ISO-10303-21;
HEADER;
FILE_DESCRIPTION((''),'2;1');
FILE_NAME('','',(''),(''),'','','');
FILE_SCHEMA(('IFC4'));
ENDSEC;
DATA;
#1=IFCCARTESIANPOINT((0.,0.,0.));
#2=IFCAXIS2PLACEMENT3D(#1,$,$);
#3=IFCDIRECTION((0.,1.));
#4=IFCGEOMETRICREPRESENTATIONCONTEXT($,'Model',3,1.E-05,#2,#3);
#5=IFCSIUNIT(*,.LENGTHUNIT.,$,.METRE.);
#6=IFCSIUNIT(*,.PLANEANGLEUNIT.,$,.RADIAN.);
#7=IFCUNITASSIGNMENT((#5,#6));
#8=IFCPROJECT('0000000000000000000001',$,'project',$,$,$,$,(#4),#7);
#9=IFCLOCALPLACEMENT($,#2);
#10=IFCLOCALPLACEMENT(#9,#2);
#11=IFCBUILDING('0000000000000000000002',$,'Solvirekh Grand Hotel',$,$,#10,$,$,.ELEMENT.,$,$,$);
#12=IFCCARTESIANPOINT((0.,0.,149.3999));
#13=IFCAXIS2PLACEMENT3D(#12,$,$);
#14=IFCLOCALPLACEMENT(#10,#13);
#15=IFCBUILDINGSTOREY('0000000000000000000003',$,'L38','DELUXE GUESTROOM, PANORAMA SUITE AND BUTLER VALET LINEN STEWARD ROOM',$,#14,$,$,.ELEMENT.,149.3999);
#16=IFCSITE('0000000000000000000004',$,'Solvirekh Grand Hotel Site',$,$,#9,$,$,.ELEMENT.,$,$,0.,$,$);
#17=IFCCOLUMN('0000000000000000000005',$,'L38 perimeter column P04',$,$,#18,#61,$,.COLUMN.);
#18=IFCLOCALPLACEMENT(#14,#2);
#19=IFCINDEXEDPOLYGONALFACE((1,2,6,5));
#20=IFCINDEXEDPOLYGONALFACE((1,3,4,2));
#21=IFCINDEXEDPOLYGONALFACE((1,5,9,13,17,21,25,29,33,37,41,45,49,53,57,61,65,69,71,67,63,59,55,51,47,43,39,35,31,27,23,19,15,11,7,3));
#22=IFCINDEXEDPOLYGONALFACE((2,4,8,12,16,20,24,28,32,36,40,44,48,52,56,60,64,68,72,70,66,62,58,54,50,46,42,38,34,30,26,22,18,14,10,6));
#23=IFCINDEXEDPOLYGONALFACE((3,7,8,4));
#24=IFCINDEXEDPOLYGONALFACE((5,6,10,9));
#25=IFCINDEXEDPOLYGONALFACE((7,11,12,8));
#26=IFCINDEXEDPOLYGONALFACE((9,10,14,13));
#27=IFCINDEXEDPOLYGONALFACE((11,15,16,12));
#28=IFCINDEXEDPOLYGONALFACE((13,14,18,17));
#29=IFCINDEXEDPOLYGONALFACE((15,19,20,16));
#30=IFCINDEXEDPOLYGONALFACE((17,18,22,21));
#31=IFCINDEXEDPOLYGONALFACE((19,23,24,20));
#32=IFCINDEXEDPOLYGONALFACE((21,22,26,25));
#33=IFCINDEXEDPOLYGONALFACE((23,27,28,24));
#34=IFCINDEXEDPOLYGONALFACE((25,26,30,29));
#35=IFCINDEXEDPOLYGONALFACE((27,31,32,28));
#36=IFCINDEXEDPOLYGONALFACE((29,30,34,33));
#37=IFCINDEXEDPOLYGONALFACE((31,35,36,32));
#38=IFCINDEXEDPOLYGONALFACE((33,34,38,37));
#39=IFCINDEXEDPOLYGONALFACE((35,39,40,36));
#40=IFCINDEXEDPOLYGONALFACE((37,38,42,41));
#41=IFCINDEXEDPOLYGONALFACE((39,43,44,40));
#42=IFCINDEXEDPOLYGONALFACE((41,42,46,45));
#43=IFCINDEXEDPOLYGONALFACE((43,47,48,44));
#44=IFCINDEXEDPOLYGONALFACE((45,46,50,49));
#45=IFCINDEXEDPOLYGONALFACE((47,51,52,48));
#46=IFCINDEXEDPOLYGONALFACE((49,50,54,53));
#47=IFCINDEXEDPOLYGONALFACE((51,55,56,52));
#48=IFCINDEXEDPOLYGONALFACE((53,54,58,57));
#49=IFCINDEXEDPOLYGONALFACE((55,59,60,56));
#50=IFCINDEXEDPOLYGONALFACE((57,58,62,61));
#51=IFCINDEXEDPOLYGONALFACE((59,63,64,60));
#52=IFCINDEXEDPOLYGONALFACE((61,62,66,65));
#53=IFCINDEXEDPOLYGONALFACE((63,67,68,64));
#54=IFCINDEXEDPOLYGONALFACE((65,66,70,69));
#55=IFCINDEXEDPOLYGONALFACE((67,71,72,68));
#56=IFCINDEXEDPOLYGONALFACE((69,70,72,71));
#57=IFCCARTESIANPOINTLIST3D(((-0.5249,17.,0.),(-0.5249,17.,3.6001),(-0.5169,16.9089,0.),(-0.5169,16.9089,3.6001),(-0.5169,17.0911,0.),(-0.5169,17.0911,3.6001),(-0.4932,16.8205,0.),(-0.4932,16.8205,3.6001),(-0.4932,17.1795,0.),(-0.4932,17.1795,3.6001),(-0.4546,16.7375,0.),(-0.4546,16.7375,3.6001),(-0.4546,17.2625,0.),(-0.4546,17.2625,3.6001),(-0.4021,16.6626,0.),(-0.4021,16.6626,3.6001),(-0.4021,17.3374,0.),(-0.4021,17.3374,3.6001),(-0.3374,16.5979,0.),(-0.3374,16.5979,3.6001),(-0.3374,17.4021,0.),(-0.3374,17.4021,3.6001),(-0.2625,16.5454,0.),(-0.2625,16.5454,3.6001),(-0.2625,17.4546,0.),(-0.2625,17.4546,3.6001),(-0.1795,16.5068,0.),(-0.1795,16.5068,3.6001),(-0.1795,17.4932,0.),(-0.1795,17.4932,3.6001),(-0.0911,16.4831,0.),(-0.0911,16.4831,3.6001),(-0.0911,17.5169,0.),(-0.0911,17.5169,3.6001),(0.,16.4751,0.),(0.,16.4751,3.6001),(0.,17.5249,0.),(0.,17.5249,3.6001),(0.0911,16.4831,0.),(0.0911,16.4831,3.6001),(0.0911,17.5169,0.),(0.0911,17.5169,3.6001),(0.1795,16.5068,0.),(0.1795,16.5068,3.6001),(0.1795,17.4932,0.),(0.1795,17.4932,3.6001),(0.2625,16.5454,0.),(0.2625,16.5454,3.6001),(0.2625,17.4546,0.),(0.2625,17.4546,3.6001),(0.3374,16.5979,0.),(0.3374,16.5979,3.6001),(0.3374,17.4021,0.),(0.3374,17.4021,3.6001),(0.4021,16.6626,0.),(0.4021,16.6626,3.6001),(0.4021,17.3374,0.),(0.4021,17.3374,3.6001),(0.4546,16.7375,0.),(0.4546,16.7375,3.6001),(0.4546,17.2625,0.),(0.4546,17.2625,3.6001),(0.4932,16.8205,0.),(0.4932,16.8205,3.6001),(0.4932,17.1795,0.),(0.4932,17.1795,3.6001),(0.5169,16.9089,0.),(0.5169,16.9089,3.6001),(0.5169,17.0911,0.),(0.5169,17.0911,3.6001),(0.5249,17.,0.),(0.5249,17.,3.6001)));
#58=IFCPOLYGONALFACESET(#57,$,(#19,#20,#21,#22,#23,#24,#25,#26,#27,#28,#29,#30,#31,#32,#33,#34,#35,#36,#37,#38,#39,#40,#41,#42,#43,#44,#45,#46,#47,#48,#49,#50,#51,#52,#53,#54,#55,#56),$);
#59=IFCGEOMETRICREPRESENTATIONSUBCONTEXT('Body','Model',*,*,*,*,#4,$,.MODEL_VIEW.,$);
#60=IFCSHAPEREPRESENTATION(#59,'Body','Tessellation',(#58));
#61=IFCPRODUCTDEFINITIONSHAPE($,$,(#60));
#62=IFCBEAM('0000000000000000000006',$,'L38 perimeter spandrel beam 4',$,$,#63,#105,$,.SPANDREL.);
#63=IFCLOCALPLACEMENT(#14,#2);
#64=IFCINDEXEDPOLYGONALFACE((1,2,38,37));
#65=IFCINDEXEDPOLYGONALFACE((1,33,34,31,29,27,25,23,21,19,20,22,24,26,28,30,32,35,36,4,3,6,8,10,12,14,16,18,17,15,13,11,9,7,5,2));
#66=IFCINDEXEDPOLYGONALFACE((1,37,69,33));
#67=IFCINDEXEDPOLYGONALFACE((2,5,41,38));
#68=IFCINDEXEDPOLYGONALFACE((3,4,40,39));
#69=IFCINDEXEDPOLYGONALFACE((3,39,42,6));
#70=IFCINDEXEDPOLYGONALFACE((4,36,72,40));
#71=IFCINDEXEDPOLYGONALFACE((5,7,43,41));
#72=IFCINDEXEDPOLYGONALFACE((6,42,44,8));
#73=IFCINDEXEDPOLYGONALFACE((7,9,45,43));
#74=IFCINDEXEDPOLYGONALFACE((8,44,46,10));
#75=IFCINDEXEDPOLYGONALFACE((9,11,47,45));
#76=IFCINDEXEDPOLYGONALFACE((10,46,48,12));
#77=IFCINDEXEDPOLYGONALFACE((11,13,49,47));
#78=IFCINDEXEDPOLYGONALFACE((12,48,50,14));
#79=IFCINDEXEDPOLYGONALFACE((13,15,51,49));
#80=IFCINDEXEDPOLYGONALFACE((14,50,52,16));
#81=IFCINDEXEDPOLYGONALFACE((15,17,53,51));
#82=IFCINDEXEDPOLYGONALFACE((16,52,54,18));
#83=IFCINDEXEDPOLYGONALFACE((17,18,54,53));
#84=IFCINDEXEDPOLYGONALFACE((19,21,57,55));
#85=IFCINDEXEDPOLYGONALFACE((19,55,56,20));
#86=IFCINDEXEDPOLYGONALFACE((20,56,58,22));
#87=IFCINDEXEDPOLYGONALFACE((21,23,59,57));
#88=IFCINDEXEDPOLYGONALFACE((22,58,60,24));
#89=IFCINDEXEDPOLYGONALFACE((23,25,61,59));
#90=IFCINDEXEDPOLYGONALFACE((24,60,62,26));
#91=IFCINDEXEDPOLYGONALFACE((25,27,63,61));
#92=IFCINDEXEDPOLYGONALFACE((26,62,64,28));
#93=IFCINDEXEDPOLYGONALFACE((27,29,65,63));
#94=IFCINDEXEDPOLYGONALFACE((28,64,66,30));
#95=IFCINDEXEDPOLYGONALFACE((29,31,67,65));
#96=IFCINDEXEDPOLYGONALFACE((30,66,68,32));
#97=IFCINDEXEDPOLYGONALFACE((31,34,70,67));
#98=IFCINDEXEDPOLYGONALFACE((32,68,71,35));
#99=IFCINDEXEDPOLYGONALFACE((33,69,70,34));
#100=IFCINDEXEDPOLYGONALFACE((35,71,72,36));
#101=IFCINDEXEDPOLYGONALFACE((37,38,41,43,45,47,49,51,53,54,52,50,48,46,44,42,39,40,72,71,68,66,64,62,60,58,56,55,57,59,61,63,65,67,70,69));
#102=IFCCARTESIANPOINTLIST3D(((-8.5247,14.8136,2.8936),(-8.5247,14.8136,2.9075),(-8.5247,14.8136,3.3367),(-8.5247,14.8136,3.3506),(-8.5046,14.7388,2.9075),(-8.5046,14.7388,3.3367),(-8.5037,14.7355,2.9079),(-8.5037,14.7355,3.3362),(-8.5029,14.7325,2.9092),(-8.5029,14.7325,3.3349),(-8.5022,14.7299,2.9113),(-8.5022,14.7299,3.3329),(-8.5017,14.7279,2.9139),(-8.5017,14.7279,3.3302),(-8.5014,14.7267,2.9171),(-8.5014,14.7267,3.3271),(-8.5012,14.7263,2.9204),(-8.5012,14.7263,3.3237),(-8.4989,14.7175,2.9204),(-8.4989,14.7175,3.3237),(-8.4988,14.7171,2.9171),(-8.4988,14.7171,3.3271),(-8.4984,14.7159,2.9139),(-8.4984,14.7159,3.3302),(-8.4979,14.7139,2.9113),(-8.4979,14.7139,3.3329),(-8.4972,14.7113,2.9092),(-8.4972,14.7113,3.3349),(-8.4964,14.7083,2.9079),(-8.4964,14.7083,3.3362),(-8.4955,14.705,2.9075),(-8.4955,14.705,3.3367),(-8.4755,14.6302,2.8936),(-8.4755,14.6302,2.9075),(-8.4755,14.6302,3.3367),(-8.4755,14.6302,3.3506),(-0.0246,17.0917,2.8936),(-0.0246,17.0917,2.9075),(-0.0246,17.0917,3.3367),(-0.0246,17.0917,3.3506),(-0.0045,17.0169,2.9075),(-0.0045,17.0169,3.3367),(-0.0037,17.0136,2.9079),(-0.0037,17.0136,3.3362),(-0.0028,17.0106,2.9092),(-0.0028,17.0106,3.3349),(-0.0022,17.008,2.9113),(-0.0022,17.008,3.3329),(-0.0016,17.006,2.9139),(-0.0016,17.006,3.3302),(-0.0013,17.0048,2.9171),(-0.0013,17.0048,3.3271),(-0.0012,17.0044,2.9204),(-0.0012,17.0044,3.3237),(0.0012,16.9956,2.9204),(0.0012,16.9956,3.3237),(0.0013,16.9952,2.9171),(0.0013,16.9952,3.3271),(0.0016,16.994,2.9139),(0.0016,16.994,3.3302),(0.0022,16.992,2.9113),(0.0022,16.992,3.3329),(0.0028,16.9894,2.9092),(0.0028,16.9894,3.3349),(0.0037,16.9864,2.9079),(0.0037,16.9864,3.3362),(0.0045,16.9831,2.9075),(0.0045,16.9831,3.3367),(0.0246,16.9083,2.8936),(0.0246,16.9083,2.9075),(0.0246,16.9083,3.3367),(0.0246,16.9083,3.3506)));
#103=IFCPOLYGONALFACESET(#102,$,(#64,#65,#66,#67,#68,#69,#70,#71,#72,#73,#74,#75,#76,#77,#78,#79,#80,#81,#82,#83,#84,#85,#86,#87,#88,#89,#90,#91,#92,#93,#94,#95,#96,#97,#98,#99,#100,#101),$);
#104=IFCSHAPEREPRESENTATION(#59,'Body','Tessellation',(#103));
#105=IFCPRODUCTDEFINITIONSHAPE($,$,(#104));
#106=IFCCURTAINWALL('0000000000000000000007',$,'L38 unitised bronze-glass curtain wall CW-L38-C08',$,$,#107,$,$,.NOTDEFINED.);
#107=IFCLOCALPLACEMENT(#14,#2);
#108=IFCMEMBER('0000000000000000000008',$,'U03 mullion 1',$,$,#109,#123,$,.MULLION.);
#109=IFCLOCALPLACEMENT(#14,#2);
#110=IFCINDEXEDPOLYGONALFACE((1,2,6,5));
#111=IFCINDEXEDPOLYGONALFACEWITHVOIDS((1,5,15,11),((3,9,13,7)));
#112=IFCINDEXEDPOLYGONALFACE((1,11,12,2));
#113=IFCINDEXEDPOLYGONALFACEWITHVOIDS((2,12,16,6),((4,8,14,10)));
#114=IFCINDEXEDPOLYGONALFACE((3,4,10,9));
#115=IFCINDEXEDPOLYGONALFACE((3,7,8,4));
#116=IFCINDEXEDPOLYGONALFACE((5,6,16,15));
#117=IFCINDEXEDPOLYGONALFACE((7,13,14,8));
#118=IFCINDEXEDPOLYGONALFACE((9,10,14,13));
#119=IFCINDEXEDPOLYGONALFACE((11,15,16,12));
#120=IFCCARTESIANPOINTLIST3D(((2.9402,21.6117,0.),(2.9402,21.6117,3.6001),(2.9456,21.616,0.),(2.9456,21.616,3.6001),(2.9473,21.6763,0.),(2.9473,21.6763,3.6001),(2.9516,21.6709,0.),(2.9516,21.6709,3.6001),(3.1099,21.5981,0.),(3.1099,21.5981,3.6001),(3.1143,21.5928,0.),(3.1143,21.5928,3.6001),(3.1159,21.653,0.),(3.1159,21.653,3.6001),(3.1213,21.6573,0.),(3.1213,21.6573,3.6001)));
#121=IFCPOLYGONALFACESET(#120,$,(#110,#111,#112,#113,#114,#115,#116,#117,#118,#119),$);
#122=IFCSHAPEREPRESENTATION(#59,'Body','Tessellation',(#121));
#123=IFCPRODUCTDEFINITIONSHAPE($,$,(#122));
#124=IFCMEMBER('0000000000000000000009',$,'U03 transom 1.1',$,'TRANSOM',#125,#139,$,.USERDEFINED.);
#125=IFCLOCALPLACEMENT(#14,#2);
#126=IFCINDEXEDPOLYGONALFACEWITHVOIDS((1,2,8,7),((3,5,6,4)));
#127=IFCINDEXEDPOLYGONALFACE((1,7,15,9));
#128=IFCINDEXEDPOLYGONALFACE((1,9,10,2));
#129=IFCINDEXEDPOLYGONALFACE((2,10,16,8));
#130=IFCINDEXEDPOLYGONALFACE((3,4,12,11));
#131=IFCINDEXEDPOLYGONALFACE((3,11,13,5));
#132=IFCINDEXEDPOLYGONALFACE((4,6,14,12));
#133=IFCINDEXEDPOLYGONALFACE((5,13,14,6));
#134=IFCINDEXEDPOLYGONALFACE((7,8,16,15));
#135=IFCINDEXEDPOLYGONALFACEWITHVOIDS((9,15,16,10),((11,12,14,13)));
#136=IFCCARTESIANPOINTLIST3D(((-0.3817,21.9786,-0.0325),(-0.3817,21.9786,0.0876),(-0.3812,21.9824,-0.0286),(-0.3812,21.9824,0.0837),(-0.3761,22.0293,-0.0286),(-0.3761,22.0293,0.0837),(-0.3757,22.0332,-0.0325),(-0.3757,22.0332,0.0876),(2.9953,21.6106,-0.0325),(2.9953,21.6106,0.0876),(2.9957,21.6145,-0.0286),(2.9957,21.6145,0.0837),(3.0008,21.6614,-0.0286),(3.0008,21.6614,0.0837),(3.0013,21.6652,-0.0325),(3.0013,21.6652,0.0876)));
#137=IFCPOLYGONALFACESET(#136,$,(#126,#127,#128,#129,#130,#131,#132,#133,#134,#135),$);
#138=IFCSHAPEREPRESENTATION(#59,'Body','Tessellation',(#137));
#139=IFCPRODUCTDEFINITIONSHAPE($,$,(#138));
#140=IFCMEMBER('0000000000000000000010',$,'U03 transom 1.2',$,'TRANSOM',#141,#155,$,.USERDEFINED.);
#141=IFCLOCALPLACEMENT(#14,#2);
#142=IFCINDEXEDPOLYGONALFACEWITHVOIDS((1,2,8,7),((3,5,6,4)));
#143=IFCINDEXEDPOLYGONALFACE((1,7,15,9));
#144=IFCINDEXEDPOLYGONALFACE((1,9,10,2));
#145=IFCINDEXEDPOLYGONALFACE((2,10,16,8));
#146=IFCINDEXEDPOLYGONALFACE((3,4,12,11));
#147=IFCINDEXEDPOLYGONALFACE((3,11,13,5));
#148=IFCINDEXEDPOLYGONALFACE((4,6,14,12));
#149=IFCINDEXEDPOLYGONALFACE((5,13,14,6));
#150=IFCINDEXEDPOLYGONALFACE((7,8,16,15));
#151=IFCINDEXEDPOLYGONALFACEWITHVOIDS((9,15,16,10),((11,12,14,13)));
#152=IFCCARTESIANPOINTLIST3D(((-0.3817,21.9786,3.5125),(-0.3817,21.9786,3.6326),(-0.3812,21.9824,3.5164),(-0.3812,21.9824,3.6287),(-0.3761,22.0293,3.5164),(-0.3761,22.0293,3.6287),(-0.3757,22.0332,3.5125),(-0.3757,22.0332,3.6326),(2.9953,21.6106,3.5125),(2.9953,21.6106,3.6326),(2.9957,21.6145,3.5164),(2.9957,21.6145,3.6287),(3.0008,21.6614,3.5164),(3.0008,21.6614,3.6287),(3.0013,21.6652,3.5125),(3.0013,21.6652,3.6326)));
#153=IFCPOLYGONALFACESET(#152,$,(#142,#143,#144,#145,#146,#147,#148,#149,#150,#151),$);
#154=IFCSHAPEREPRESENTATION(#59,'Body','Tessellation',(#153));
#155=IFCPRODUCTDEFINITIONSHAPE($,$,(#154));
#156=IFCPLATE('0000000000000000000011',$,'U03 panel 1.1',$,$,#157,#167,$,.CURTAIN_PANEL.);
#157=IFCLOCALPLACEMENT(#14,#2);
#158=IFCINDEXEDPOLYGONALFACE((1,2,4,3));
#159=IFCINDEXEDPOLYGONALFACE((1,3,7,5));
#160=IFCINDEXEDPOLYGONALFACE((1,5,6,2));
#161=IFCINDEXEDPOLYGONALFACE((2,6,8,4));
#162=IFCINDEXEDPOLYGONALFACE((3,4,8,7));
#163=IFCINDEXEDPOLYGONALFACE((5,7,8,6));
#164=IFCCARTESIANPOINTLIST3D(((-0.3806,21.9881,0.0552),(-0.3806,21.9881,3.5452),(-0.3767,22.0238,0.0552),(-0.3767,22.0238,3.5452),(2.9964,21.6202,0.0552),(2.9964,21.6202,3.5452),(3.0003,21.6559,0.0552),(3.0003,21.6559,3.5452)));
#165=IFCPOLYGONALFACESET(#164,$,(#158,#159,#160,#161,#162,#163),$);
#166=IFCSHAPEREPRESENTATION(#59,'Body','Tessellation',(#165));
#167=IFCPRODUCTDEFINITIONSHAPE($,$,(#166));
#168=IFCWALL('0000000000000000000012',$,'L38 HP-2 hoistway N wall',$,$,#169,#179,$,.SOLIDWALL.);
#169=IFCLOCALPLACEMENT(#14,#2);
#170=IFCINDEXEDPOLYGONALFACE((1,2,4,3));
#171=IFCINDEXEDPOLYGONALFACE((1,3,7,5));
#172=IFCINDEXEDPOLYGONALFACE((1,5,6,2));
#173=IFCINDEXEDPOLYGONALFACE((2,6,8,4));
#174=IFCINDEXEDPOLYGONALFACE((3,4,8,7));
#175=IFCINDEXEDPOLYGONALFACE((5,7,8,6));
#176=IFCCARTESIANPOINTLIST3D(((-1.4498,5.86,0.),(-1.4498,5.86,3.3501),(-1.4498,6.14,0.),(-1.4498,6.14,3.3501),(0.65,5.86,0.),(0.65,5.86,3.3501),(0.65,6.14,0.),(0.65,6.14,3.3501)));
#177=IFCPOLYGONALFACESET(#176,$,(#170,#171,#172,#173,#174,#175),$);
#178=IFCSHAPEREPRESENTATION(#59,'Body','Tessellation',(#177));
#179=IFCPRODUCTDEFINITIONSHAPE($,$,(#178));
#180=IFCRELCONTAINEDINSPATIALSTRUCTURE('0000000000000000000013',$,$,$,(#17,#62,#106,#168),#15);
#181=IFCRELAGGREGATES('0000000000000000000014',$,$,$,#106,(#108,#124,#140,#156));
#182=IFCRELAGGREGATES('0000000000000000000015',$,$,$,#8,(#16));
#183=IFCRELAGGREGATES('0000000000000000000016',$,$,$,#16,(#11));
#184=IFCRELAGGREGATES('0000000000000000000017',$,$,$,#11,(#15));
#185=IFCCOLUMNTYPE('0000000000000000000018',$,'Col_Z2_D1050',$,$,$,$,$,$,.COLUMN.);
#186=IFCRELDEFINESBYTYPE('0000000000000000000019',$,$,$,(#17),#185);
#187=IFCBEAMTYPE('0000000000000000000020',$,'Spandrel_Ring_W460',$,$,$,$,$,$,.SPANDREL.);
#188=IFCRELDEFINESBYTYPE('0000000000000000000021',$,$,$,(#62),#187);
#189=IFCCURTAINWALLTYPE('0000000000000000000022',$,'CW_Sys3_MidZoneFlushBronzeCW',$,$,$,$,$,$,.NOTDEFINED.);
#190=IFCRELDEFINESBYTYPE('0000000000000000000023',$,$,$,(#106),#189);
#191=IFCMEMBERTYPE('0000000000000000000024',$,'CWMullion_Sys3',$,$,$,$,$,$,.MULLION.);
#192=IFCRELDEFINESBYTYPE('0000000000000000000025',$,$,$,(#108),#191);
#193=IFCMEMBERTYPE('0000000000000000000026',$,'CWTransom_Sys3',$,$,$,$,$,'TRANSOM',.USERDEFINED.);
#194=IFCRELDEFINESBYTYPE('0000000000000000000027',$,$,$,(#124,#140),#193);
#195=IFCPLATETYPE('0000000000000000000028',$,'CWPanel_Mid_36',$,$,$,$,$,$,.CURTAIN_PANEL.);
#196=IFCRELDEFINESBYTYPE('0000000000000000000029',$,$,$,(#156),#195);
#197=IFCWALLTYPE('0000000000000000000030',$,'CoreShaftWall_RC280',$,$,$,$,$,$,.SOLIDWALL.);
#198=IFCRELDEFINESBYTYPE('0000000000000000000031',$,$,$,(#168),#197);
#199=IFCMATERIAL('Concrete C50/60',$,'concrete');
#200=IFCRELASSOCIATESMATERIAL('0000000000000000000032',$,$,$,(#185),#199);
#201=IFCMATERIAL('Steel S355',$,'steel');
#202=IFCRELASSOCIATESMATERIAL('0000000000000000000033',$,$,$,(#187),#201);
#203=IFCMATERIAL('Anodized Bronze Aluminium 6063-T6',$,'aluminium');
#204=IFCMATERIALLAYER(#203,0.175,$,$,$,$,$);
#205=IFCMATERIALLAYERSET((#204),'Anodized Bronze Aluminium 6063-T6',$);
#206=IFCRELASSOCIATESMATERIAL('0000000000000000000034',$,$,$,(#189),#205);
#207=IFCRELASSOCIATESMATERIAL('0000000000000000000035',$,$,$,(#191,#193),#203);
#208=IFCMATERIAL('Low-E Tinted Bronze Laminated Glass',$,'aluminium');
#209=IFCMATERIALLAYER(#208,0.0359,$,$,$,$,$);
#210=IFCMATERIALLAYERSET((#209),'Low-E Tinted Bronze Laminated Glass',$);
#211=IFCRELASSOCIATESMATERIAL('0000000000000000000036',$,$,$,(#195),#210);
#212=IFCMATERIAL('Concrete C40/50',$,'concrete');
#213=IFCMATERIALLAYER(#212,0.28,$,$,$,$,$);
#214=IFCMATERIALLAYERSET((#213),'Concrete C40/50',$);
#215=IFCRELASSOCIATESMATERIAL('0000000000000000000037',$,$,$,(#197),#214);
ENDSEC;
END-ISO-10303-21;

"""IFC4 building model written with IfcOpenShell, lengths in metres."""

from ifc_helpers import new_model, si_unit, direction, frame, frame_2d, origin, origin_2d, place, context, subcontext, project, spatial, rectangle, hollow_rectangle, circle, i_section, extrude, source, transform, mapped, material, layer, layer_set, material_profile, profile_set, type_object, element, aggregate, save


model = new_model("IFC4")

# Units and contexts
model_context = context("Model", 3, precision=1e-05, world=origin(), true_north=direction((0.0, 1.0)))
body_context = subcontext(model_context, "Body", "Model", "MODEL_VIEW")
ifc_project = project(units=[si_unit("LENGTHUNIT", "METRE"), si_unit("PLANEANGLEUNIT", "RADIAN")], contexts=[model_context])

# Site, building, storey
site_placement = place(None, origin())
site = spatial("IfcSite", under=ifc_project, at=site_placement, Name="Solvirekh Grand Hotel Site", CompositionType="ELEMENT", RefElevation=0.0)
building_placement = place(site_placement, origin())
building = spatial("IfcBuilding", under=site, at=building_placement, Name="Solvirekh Grand Hotel", CompositionType="ELEMENT")
storey_placement = place(building_placement, frame((0.0, 0.0, 149.3999)))
storey = spatial("IfcBuildingStorey", under=building, at=storey_placement, Name="L38", Description="DELUXE GUESTROOM, PANORAMA SUITE AND BUTLER VALET LINEN STEWARD ROOM", CompositionType="ELEMENT", Elevation=149.3999)

# Column
ifc_material_1 = material(Name="Concrete C50/60", Category="concrete")
ifc_material_profile_1 = material_profile(ifc_material_1, circle(Radius=0.5249, at=origin_2d()), Name="RC CIRC D1050")
ifc_profile_set_1 = profile_set([ifc_material_profile_1], Name="Concrete C50/60")
column_type = type_object("IfcColumnType", Name="Col_Z2_D1050", PredefinedType="COLUMN", material=ifc_profile_set_1)
column_placement = place(storey_placement, frame((0.0, 17.0, 0.0), z_axis=(0.0, 0.0, 1.0), x_axis=(1.0, 0.0, 0.0)))
element("IfcColumn", 1, at=column_placement, inside=storey, type_object=column_type, Name="L38 perimeter column P04", PredefinedType="COLUMN", context=body_context, shape_type="SweptSolid", body=[
    extrude(circle(Radius=0.5249, at=origin_2d()), origin(), (0.0, 0.0, 1.0), 3.6001),
])

# Beam
ifc_material_2 = material(Name="Steel S355", Category="steel")
ifc_material_profile_2 = material_profile(ifc_material_2, i_section(OverallWidth=0.1899, OverallDepth=0.457, WebThickness=0.009, FlangeThickness=0.0139, FilletRadius=0.0129, at=origin_2d()), Name="W460X74")
ifc_profile_set_2 = profile_set([ifc_material_profile_2], Name="Steel S355")
beam_type = type_object("IfcBeamType", Name="Spandrel_Ring_W460", PredefinedType="SPANDREL", material=ifc_profile_set_2)
beam_placement = place(storey_placement, frame((0.0, 17.0, 3.1221), z_axis=(-0.965911, -0.258873, 0.0), x_axis=(0.258873, -0.965911, 0.0)))
element("IfcBeam", 2, at=beam_placement, inside=storey, type_object=beam_type, Name="L38 perimeter spandrel beam 4", PredefinedType="SPANDREL", context=body_context, shape_type="SweptSolid", body=[
    extrude(i_section(OverallWidth=0.1899, OverallDepth=0.457, WebThickness=0.009, FlangeThickness=0.0139, FilletRadius=0.0129, at=origin_2d()), origin(), (0.0, 0.0, 1.0), 8.8),
])

# Curtain wall, members, plate
ifc_material_3 = material(Name="Anodized Bronze Aluminium 6063-T6", Category="aluminium")
ifc_layer_1 = layer(ifc_material_3, 0.175)
ifc_layer_set_1 = layer_set([ifc_layer_1], Name="Anodized Bronze Aluminium 6063-T6")
curtain_wall_type = type_object("IfcCurtainWallType", Name="CW_Sys3_MidZoneFlushBronzeCW", PredefinedType="NOTDEFINED", material=ifc_layer_set_1)
curtain_wall_placement = place(storey_placement, origin())
curtain_wall = element("IfcCurtainWall", 3, at=curtain_wall_placement, inside=storey, type_object=curtain_wall_type, Name="L38 unitised bronze-glass curtain wall CW-L38-C08", PredefinedType="NOTDEFINED")
ifc_material_profile_3 = material_profile(ifc_material_3, hollow_rectangle(XDim=0.0649, YDim=0.175, WallThickness=0.0049, at=origin_2d()), Name="ALU RHS 175X65X5")
ifc_profile_set_3 = profile_set([ifc_material_profile_3], Name="Anodized Bronze Aluminium 6063-T6")
member_type_1 = type_object("IfcMemberType", Name="CWMullion_Sys3", PredefinedType="MULLION", material=ifc_profile_set_3)
shared_shape_1 = source(origin(), body_context, "Body", "SweptSolid", [
    extrude(hollow_rectangle(XDim=0.0649, YDim=0.175, WallThickness=0.0049, at=origin_2d()), origin(), (0.0, 0.0, 1.0), 3.6001),
])
member_1_placement = place(storey_placement, frame((3.0308, 21.6345, 0.0), z_axis=(0.0, 0.0, 1.0), x_axis=(-0.108311, -0.994117, 0.0)))
member_1 = element("IfcMember", 4, at=member_1_placement, type_object=member_type_1, Name="U03 mullion 1", PredefinedType="MULLION", context=body_context, shape_type="MappedRepresentation", body=[
    mapped(shared_shape_1, transform((0.0, 0.0, 0.0), x_axis=(1.0, 0.0, 0.0), y_axis=(0.0, 1.0, 0.0), z_axis=(0.0, 0.0, 1.0), scale=1.0)),
])
ifc_material_profile_4 = material_profile(ifc_material_3, hollow_rectangle(XDim=0.0549, YDim=0.1201, WallThickness=0.0039, at=origin_2d()), Name="ALU RHS 120X55X4")
ifc_profile_set_4 = profile_set([ifc_material_profile_4], Name="Anodized Bronze Aluminium 6063-T6")
member_type_2 = type_object("IfcMemberType", Name="CWTransom_Sys3", ElementType="TRANSOM", PredefinedType="USERDEFINED", material=ifc_profile_set_4)
shared_shape_2 = source(origin(), body_context, "Body", "SweptSolid", [
    extrude(hollow_rectangle(XDim=0.0549, YDim=0.1201, WallThickness=0.0039, at=origin_2d()), origin(), (0.0, 0.0, 1.0), 3.397),
])
member_2_placement = place(storey_placement, frame((2.9983, 21.6379, 0.0276), z_axis=(-0.994117, 0.108309, 0.0), x_axis=(-0.108309, -0.994117, 0.0)))
member_2 = element("IfcMember", 5, at=member_2_placement, type_object=member_type_2, Name="U03 transom 1.1", ObjectType="TRANSOM", PredefinedType="USERDEFINED", context=body_context, shape_type="MappedRepresentation", body=[
    mapped(shared_shape_2, transform((0.0, 0.0, 0.0), x_axis=(1.0, 0.0, 0.0), y_axis=(0.0, 1.0, 0.0), z_axis=(0.0, 0.0, 1.0), scale=1.0)),
])
member_3_placement = place(storey_placement, frame((2.9983, 21.6379, 3.5725), z_axis=(-0.994117, 0.108309, 0.0), x_axis=(-0.108309, -0.994117, 0.0)))
member_3 = element("IfcMember", 6, at=member_3_placement, type_object=member_type_2, Name="U03 transom 1.2", ObjectType="TRANSOM", PredefinedType="USERDEFINED", context=body_context, shape_type="MappedRepresentation", body=[
    mapped(shared_shape_2, transform((0.0, 0.0, 0.0), x_axis=(1.0, 0.0, 0.0), y_axis=(0.0, 1.0, 0.0), z_axis=(0.0, 0.0, 1.0), scale=1.0)),
])
ifc_material_4 = material(Name="Low-E Tinted Bronze Laminated Glass", Category="aluminium")
ifc_layer_2 = layer(ifc_material_4, 0.0359)
ifc_layer_set_2 = layer_set([ifc_layer_2], Name="Low-E Tinted Bronze Laminated Glass")
plate_type = type_object("IfcPlateType", Name="CWPanel_Mid_36", PredefinedType="CURTAIN_PANEL", material=ifc_layer_set_2)
shared_shape_3 = source(origin(), body_context, "Body", "SweptSolid", [
    extrude(rectangle(XDim=3.397, YDim=0.0359, at=origin_2d()), origin(), (0.0, 0.0, 1.0), 3.49),
])
plate_placement = place(storey_placement, frame((1.3098, 21.822, 0.0552), z_axis=(0.0, 0.0, 1.0), x_axis=(-0.994117, 0.108311, 0.0)))
plate = element("IfcPlate", 7, at=plate_placement, type_object=plate_type, Name="U03 panel 1.1", PredefinedType="CURTAIN_PANEL", context=body_context, shape_type="MappedRepresentation", body=[
    mapped(shared_shape_3, transform((0.0, 0.0, 0.0), x_axis=(1.0, 0.0, 0.0), y_axis=(0.0, 1.0, 0.0), z_axis=(0.0, 0.0, 1.0), scale=1.0)),
])
aggregate(curtain_wall, [member_1, member_2, member_3, plate])

# Wall
ifc_material_5 = material(Name="Concrete C40/50", Category="concrete")
ifc_layer_3 = layer(ifc_material_5, 0.28)
ifc_layer_set_3 = layer_set([ifc_layer_3], Name="Concrete C40/50")
wall_type_1 = type_object("IfcWallType", Name="CoreShaftWall_RC280", PredefinedType="SOLIDWALL", material=ifc_layer_set_3)
wall_1_placement = place(storey_placement, frame((0.6499, 6.0, 0.0), z_axis=(0.0, 0.0, 1.0), x_axis=(-1.0, 0.0, 0.0)))
element("IfcWall", 8, at=wall_1_placement, inside=storey, type_object=wall_type_1, Name="L38 HP-2 hoistway N wall", PredefinedType="SOLIDWALL", context=body_context, shape_type="SweptSolid", body=[
    extrude(rectangle(XDim=2.0999, YDim=0.28, at=frame_2d((1.0498, 0.0))), origin(), (0.0, 0.0, 1.0), 3.3501),
])

save(model, "model.ifc")
